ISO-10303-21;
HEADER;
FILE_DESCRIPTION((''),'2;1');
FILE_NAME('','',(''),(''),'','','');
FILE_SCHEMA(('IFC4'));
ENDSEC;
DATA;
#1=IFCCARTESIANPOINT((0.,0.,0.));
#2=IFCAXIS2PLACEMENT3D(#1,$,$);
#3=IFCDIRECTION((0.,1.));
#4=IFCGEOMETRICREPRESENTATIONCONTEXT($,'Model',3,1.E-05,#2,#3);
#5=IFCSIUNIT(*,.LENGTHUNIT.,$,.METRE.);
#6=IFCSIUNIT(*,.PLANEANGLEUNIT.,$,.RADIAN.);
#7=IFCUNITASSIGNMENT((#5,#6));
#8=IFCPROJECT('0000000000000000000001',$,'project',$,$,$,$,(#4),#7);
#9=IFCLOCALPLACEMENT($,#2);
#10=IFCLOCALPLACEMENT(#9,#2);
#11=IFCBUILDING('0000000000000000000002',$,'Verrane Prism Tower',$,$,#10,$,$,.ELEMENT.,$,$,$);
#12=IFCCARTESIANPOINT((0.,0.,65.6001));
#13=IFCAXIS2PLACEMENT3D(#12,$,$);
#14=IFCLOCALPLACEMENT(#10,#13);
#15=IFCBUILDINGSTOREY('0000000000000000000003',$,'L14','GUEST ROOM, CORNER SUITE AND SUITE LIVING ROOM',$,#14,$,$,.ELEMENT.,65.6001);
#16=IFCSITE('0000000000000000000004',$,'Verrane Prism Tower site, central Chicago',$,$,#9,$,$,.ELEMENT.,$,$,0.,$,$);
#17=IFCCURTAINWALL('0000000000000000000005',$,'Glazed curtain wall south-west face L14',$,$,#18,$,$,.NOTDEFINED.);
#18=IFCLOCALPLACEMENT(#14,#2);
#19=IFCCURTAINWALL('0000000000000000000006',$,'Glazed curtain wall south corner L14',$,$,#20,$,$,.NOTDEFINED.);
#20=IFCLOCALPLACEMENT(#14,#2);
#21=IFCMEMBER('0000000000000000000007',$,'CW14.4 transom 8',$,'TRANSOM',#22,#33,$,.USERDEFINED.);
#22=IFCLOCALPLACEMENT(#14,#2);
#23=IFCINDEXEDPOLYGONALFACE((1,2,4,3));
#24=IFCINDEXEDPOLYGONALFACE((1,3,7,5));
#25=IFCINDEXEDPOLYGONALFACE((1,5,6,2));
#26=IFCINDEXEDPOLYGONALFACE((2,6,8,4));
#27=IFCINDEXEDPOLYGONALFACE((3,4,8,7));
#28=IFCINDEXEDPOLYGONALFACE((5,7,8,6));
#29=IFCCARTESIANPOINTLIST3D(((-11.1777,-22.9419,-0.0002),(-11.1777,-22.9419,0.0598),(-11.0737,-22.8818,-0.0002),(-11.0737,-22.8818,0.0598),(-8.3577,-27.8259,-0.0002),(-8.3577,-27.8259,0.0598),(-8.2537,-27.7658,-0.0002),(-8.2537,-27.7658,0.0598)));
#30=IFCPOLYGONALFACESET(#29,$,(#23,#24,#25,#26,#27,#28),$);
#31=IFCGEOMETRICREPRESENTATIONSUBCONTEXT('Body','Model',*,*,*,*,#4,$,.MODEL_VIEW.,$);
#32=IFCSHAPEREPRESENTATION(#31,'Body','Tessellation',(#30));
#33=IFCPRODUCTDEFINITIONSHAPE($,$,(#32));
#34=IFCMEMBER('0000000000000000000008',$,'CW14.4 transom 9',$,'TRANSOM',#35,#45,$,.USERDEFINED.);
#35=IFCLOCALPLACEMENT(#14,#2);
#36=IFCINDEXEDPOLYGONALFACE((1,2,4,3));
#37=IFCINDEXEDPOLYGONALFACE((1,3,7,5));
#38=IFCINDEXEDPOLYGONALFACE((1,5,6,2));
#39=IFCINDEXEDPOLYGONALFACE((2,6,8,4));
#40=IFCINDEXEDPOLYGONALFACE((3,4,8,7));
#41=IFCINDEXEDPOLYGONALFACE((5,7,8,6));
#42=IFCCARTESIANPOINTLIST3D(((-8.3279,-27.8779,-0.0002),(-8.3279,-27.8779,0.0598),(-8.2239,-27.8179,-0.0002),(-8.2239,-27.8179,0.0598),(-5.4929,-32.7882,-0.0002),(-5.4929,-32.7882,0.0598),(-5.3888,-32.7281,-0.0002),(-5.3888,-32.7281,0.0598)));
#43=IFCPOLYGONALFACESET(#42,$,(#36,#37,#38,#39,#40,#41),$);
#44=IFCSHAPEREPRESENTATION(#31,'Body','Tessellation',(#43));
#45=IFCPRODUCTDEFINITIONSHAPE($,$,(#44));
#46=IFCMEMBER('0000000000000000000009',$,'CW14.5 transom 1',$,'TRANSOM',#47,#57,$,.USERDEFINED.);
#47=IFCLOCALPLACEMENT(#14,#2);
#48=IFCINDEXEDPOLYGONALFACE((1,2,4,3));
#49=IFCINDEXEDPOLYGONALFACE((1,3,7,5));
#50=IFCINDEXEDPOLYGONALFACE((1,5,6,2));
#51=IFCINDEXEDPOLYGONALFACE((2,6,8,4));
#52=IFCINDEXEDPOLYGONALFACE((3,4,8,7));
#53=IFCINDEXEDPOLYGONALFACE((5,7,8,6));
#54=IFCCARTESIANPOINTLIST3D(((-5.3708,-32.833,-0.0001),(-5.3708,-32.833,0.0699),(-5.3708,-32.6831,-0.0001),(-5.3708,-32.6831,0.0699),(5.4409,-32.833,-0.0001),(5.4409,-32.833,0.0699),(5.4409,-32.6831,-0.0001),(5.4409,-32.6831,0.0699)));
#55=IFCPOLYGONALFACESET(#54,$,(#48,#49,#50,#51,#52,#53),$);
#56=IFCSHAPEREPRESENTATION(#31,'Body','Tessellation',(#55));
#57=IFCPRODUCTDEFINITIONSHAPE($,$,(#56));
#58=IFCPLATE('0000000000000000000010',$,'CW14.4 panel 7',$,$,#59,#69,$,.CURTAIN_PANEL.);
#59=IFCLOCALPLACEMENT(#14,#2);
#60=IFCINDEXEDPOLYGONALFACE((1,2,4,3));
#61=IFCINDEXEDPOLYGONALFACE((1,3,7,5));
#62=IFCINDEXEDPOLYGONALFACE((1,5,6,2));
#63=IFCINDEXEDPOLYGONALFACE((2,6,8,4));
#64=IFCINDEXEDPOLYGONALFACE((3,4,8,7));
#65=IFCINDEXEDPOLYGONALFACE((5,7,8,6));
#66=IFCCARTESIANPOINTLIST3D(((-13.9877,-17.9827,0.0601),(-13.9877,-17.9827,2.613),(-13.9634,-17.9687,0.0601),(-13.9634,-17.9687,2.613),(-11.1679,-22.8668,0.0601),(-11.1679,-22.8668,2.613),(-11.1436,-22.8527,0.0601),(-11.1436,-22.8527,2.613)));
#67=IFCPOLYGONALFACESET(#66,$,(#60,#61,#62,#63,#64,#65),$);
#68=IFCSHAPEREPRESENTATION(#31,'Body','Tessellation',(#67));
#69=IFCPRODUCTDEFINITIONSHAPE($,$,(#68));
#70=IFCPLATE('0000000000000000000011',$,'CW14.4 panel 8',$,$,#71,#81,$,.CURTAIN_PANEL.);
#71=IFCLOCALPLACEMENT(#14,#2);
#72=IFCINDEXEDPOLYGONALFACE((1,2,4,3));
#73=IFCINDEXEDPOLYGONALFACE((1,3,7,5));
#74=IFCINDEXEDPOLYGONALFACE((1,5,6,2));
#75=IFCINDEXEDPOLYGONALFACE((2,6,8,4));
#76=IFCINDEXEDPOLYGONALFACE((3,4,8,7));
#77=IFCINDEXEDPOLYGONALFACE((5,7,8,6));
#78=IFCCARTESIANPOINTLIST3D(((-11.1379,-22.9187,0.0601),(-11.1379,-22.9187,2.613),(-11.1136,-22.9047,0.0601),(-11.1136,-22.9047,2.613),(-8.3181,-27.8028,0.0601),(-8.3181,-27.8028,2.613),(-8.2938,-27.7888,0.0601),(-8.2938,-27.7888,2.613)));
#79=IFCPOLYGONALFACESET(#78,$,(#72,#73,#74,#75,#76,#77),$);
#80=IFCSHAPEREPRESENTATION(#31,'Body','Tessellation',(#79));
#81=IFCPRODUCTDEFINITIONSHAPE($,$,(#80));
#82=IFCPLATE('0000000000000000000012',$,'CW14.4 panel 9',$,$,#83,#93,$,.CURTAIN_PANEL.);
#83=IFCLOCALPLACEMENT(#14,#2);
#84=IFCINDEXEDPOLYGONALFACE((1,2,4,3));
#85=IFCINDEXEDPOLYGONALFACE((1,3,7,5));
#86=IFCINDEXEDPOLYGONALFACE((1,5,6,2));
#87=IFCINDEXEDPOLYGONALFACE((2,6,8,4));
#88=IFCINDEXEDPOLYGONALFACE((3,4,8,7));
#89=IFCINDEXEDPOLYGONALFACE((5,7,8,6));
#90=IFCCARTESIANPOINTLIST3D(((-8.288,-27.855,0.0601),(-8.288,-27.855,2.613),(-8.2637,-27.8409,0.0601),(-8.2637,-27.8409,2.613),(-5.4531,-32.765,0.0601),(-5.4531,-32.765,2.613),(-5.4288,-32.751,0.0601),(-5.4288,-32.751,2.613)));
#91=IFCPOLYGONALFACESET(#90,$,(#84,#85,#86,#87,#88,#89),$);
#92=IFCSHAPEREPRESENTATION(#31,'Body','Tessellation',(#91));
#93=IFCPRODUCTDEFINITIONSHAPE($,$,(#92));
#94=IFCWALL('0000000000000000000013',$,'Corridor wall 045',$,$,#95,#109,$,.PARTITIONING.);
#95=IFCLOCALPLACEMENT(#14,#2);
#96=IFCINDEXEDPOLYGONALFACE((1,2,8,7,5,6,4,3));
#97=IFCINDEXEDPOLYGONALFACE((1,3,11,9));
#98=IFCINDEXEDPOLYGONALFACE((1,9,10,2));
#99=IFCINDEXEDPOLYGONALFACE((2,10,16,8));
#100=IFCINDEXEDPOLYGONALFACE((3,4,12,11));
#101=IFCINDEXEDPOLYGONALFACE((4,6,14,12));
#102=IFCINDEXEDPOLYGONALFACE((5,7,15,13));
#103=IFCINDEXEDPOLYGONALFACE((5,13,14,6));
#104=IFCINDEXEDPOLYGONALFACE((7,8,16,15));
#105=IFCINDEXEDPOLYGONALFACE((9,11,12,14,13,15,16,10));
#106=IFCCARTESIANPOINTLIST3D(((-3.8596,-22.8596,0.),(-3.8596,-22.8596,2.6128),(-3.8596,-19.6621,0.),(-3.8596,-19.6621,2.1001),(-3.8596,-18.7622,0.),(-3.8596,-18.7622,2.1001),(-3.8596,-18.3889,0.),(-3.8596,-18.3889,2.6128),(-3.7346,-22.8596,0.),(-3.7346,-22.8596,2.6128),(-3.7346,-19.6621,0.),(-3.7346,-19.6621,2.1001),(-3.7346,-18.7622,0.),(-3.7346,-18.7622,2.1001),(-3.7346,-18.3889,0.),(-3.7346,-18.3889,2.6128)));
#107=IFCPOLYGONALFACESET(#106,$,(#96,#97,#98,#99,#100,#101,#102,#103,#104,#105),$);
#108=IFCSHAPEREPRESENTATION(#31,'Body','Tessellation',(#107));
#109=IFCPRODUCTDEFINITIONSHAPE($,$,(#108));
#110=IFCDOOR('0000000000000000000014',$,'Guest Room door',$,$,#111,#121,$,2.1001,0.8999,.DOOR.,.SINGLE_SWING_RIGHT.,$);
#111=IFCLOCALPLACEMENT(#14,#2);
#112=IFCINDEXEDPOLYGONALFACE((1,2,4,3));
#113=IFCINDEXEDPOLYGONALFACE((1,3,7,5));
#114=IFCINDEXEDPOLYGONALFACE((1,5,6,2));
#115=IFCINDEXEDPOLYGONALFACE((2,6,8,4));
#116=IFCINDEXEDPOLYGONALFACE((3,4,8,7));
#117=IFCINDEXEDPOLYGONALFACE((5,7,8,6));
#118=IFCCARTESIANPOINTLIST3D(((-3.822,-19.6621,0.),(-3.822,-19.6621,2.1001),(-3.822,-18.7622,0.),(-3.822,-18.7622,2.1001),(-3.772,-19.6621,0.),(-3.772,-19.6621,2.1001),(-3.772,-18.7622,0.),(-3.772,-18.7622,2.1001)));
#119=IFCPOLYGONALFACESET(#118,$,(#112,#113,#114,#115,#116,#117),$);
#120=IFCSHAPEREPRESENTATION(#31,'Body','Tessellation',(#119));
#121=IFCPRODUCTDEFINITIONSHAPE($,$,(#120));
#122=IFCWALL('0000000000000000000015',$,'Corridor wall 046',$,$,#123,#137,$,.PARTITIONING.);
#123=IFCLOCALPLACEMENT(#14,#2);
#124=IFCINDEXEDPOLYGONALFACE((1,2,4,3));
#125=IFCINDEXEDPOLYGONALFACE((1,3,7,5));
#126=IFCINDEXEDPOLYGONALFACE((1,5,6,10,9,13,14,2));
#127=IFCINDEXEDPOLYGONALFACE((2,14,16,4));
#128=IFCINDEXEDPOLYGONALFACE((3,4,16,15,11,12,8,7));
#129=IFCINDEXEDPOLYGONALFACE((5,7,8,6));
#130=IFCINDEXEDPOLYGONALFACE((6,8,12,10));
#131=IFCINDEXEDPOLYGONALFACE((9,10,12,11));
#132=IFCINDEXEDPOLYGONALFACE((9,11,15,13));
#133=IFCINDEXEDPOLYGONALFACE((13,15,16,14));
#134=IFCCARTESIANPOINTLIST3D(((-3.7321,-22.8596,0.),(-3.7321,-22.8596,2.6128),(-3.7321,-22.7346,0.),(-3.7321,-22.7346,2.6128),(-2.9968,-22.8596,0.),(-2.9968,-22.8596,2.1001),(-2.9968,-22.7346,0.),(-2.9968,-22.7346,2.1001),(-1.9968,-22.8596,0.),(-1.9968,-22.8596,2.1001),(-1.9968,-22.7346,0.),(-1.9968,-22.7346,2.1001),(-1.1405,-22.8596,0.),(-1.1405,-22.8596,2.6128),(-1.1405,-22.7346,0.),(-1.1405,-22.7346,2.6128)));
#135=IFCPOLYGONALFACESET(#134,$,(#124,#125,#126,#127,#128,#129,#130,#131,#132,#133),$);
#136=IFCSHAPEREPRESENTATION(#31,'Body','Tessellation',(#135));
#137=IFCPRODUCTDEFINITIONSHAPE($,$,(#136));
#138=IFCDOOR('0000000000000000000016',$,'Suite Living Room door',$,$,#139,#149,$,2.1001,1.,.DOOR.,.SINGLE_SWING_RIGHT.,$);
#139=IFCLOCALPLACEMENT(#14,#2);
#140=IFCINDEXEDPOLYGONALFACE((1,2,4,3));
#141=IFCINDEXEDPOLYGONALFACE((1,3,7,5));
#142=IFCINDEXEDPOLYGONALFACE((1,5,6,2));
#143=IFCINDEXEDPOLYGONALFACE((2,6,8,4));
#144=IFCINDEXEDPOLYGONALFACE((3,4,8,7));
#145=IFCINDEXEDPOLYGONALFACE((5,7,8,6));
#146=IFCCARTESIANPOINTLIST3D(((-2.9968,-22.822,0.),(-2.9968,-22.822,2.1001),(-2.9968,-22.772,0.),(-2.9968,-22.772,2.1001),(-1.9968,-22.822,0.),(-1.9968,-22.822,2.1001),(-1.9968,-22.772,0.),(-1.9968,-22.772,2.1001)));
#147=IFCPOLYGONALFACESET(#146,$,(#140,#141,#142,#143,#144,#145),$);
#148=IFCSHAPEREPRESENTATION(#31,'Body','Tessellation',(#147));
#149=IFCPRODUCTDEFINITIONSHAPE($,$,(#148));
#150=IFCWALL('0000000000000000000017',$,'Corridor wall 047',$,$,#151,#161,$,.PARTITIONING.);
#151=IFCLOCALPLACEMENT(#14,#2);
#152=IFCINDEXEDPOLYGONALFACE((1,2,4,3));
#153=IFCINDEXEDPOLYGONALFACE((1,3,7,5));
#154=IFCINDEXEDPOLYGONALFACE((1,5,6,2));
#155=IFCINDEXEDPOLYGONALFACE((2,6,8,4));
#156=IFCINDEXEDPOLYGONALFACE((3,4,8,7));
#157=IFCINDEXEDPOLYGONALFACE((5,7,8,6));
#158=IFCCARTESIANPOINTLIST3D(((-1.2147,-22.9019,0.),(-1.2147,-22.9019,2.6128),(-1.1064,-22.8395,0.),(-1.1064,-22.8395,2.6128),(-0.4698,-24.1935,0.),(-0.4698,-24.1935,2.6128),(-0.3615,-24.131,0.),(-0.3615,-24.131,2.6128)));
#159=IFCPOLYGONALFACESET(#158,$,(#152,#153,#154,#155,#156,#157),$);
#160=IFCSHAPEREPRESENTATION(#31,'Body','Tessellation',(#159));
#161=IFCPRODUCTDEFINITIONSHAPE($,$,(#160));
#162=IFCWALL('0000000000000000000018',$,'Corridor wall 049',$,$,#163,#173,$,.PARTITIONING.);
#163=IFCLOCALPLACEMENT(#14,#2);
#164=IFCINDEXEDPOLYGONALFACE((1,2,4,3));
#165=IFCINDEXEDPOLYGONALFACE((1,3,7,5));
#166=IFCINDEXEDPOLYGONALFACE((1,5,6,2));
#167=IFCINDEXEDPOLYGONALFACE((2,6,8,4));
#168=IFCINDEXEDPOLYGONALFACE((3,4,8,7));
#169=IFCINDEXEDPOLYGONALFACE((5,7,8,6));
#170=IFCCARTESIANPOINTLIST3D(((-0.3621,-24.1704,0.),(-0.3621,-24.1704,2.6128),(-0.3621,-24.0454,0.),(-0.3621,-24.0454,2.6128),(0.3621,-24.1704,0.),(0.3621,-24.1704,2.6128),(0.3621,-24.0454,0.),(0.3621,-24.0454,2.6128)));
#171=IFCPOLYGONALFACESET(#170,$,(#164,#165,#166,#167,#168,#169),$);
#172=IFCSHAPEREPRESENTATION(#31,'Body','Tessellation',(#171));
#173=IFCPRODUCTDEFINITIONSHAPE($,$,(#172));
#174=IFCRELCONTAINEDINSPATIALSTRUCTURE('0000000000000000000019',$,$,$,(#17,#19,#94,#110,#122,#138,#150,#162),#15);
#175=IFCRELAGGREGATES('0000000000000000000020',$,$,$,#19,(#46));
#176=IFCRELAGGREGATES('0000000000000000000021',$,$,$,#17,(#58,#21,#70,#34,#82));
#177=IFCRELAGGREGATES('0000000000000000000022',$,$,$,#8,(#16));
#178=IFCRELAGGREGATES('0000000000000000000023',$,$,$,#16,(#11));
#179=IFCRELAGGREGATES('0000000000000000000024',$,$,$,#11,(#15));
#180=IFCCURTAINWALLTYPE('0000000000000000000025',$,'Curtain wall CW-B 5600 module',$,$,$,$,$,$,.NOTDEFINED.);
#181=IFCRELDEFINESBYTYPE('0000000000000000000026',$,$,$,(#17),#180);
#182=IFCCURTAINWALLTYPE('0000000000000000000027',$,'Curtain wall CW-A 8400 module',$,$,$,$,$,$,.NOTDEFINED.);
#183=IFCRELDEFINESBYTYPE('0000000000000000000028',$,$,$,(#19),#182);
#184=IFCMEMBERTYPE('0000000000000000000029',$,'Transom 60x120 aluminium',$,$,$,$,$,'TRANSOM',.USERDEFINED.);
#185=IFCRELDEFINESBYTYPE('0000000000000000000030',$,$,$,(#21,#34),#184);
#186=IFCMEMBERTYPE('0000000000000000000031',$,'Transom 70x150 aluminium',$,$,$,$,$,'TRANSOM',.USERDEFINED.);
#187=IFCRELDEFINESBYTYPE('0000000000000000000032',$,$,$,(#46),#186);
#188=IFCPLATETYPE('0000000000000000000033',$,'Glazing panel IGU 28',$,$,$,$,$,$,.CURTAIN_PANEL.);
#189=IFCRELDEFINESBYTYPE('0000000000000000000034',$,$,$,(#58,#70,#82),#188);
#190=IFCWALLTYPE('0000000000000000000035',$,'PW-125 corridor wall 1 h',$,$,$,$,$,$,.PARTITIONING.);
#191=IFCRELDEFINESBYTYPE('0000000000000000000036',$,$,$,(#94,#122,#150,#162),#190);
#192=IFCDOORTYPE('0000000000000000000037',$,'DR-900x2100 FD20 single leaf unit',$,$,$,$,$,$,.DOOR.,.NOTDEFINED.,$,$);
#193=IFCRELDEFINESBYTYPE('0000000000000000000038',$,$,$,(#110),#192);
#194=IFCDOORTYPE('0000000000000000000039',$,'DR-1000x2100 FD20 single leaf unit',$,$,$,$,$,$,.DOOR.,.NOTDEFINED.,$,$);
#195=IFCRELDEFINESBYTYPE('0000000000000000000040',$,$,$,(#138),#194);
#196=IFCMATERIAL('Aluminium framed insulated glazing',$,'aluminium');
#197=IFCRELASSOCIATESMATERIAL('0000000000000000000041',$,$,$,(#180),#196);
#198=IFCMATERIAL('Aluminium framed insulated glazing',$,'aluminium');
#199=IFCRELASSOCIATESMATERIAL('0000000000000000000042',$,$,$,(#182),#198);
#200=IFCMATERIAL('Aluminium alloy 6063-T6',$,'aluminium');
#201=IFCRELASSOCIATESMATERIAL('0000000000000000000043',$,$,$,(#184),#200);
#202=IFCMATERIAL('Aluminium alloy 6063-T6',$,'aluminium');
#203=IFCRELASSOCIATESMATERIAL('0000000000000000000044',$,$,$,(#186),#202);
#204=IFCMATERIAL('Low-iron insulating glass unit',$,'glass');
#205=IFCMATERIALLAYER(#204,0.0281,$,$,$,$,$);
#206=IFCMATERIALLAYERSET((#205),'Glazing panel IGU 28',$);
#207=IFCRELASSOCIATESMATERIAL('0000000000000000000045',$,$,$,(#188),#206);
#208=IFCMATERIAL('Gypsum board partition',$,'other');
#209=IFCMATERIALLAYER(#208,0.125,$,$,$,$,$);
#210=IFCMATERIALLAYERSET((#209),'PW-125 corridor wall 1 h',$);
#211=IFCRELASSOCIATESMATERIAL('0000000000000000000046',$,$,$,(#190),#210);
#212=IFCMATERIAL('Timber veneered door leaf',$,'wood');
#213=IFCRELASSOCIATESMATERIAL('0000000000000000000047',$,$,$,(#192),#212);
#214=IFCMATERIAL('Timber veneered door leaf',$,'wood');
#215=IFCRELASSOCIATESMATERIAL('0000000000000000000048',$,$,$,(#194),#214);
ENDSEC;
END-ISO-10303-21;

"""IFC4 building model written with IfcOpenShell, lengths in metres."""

from ifc_helpers import new_model, si_unit, direction, frame, frame_2d, origin, origin_2d, place, context, subcontext, project, spatial, rectangle, extrude, material, layer, layer_set, material_profile, profile_set, type_object, element, fill, aggregate, save


model = new_model("IFC4")

# Units and contexts
model_context = context("Model", 3, precision=1e-05, world=origin(), true_north=direction((0.0, 1.0)))
body_context = subcontext(model_context, "Body", "Model", "MODEL_VIEW")
ifc_project = project(units=[si_unit("LENGTHUNIT", "METRE"), si_unit("PLANEANGLEUNIT", "RADIAN")], contexts=[model_context])

# Site, building, storey
site_placement = place(None, origin())
site = spatial("IfcSite", under=ifc_project, at=site_placement, Name="Verrane Prism Tower site, central Chicago", CompositionType="ELEMENT", RefElevation=0.0)
building_placement = place(site_placement, origin())
building = spatial("IfcBuilding", under=site, at=building_placement, Name="Verrane Prism Tower", CompositionType="ELEMENT")
storey_placement = place(building_placement, frame((0.0, 0.0, 65.6001)))
storey = spatial("IfcBuildingStorey", under=building, at=storey_placement, Name="L14", Description="GUEST ROOM, CORNER SUITE AND SUITE LIVING ROOM", CompositionType="ELEMENT", Elevation=65.6001)

# Curtain wall
ifc_material_1 = material(Name="Aluminium framed insulated glazing", Category="aluminium")
curtain_wall_type_1 = type_object("IfcCurtainWallType", Name="Curtain wall CW-B 5600 module", PredefinedType="NOTDEFINED", material=ifc_material_1)
curtain_wall_1_placement = place(storey_placement, origin())
curtain_wall_1 = element("IfcCurtainWall", 1, at=curtain_wall_1_placement, inside=storey, type_object=curtain_wall_type_1, Name="Glazed curtain wall south-west face L14", PredefinedType="NOTDEFINED")

# Curtain wall
ifc_material_2 = material(Name="Aluminium framed insulated glazing", Category="aluminium")
curtain_wall_type_2 = type_object("IfcCurtainWallType", Name="Curtain wall CW-A 8400 module", PredefinedType="NOTDEFINED", material=ifc_material_2)
curtain_wall_2_placement = place(storey_placement, origin())
curtain_wall_2 = element("IfcCurtainWall", 2, at=curtain_wall_2_placement, inside=storey, type_object=curtain_wall_type_2, Name="Glazed curtain wall south corner L14", PredefinedType="NOTDEFINED")

# Members
ifc_material_3 = material(Name="Aluminium alloy 6063-T6", Category="aluminium")
ifc_material_profile_1 = material_profile(ifc_material_3, rectangle(XDim=0.1201, YDim=0.0601, at=origin_2d()), Name="Transom 60x120 aluminium")
ifc_profile_set_1 = profile_set([ifc_material_profile_1], Name="Aluminium alloy 6063-T6")
member_type_1 = type_object("IfcMemberType", Name="Transom 60x120 aluminium", ElementType="TRANSOM", PredefinedType="USERDEFINED", material=ifc_profile_set_1)
member_1_placement = place(storey_placement, frame((-11.1257, -22.9119, 0.0298), z_axis=(0.500036, -0.866005, 0.0), x_axis=(0.866005, 0.500036, 0.0)))
member_1 = element("IfcMember", 3, at=member_1_placement, type_object=member_type_1, Name="CW14.4 transom 8", ObjectType="TRANSOM", PredefinedType="USERDEFINED", context=body_context, shape_type="SweptSolid", body=[
    extrude(rectangle(XDim=0.1201, YDim=0.0601, at=origin_2d()), origin(), (0.0, 0.0, 1.0), 5.6396),
])
member_2_placement = place(storey_placement, frame((-8.2759, -27.8479, 0.0298), z_axis=(0.500011, -0.866019, 0.0), x_axis=(0.866019, 0.500011, 0.0)))
member_2 = element("IfcMember", 4, at=member_2_placement, type_object=member_type_1, Name="CW14.4 transom 9", ObjectType="TRANSOM", PredefinedType="USERDEFINED", context=body_context, shape_type="SweptSolid", body=[
    extrude(rectangle(XDim=0.1201, YDim=0.0601, at=origin_2d()), origin(), (0.0, 0.0, 1.0), 5.6699),
])
ifc_material_4 = material(Name="Aluminium alloy 6063-T6", Category="aluminium")
ifc_material_profile_2 = material_profile(ifc_material_4, rectangle(XDim=0.1499, YDim=0.0701, at=origin_2d()), Name="Transom 70x150 aluminium")
ifc_profile_set_2 = profile_set([ifc_material_profile_2], Name="Aluminium alloy 6063-T6")
member_type_2 = type_object("IfcMemberType", Name="Transom 70x150 aluminium", ElementType="TRANSOM", PredefinedType="USERDEFINED", material=ifc_profile_set_2)
member_3_placement = place(storey_placement, frame((-5.3708, -32.7581, 0.0349), z_axis=(1.0, 0.0, 0.0), x_axis=(0.0, 1.0, 0.0)))
member_3 = element("IfcMember", 5, at=member_3_placement, type_object=member_type_2, Name="CW14.5 transom 1", ObjectType="TRANSOM", PredefinedType="USERDEFINED", context=body_context, shape_type="SweptSolid", body=[
    extrude(rectangle(XDim=0.1499, YDim=0.0701, at=origin_2d()), origin(), (0.0, 0.0, 1.0), 10.8118),
])
aggregate(curtain_wall_2, [member_3])

# Plates
ifc_material_5 = material(Name="Low-iron insulating glass unit", Category="glass")
ifc_layer_1 = layer(ifc_material_5, 0.0281)
ifc_layer_set_1 = layer_set([ifc_layer_1], Name="Glazing panel IGU 28")
plate_type = type_object("IfcPlateType", Name="Glazing panel IGU 28", PredefinedType="CURTAIN_PANEL", material=ifc_layer_set_1)
plate_1_placement = place(storey_placement, frame((-12.5657, -20.4177, 0.0601), z_axis=(0.0, 0.0, 1.0), x_axis=(0.5, -0.866025, 0.0)))
plate_1 = element("IfcPlate", 6, at=plate_1_placement, type_object=plate_type, Name="CW14.4 panel 7", PredefinedType="CURTAIN_PANEL", context=body_context, shape_type="SweptSolid", body=[
    extrude(rectangle(XDim=5.6396, YDim=0.0281, at=origin_2d()), origin(), (0.0, 0.0, 1.0), 2.553),
])
plate_2_placement = place(storey_placement, frame((-9.7158, -25.3538, 0.0601), z_axis=(0.0, 0.0, 1.0), x_axis=(0.5, -0.866025, 0.0)))
plate_2 = element("IfcPlate", 7, at=plate_2_placement, type_object=plate_type, Name="CW14.4 panel 8", PredefinedType="CURTAIN_PANEL", context=body_context, shape_type="SweptSolid", body=[
    extrude(rectangle(XDim=5.6396, YDim=0.0281, at=origin_2d()), origin(), (0.0, 0.0, 1.0), 2.553),
])
plate_3_placement = place(storey_placement, frame((-6.8584, -30.303, 0.0601), z_axis=(0.0, 0.0, 1.0), x_axis=(0.5, -0.866025, 0.0)))
plate_3 = element("IfcPlate", 8, at=plate_3_placement, type_object=plate_type, Name="CW14.4 panel 9", PredefinedType="CURTAIN_PANEL", context=body_context, shape_type="SweptSolid", body=[
    extrude(rectangle(XDim=5.6697, YDim=0.0281, at=origin_2d()), origin(), (0.0, 0.0, 1.0), 2.553),
])
aggregate(curtain_wall_1, [plate_1, member_1, plate_2, member_2, plate_3])

# Walls, openings, doors
ifc_material_6 = material(Name="Gypsum board partition", Category="other")
ifc_layer_2 = layer(ifc_material_6, 0.125)
ifc_layer_set_2 = layer_set([ifc_layer_2], Name="PW-125 corridor wall 1 h")
wall_type_1 = type_object("IfcWallType", Name="PW-125 corridor wall 1 h", PredefinedType="PARTITIONING", material=ifc_layer_set_2)
wall_1_placement = place(storey_placement, frame((-3.7971, -22.8596, 0.0), z_axis=(0.0, 0.0, 1.0), x_axis=(0.0, 1.0, 0.0)))
wall_1 = element("IfcWall", 9, at=wall_1_placement, inside=storey, type_object=wall_type_1, Name="Corridor wall 045", PredefinedType="PARTITIONING", context=body_context, shape_type="SweptSolid", body=[
    extrude(rectangle(XDim=4.4707, YDim=0.125, at=frame_2d((2.2354, 0.0))), origin(), (0.0, 0.0, 1.0), 2.6128),
])
opening_1_placement = place(wall_1_placement, frame((3.1975, 0.0, 0.0)))
opening_1 = element("IfcOpeningElement", 10, at=opening_1_placement, cuts=wall_1, PredefinedType="OPENING", context=body_context, shape_type="SweptSolid", body=[
    extrude(rectangle(XDim=0.8999, YDim=2.1001, at=frame_2d((0.45, 1.05))), frame((0.0, 0.0725, 0.0), z_axis=(0.0, -1.0, 0.0), x_axis=(1.0, 0.0, 0.0)), (0.0, 0.0, 1.0), 0.145),
])
ifc_material_7 = material(Name="Timber veneered door leaf", Category="wood")
door_type_1 = type_object("IfcDoorType", Name="DR-900x2100 FD20 single leaf unit", OperationType="NOTDEFINED", PredefinedType="DOOR", material=ifc_material_7)
door_1_placement = place(opening_1_placement, origin())
door_1 = element("IfcDoor", 11, at=door_1_placement, inside=storey, type_object=door_type_1, Name="Guest Room door", OperationType="SINGLE_SWING_RIGHT", OverallHeight=2.1001, OverallWidth=0.8999, PredefinedType="DOOR", context=body_context, shape_type="SweptSolid", body=[
    extrude(rectangle(XDim=0.8999, YDim=2.1001, at=frame_2d((0.45, 1.05))), frame((0.0, 0.0249, 0.0), z_axis=(0.0, -1.0, 0.0), x_axis=(1.0, 0.0, 0.0)), (0.0, 0.0, 1.0), 0.05),
])
fill(opening_1, door_1)
wall_2_placement = place(storey_placement, frame((-1.1404, -22.7971, 0.0), z_axis=(0.0, 0.0, 1.0), x_axis=(-1.0, 0.0, 0.0)))
wall_2 = element("IfcWall", 12, at=wall_2_placement, inside=storey, type_object=wall_type_1, Name="Corridor wall 046", PredefinedType="PARTITIONING", context=body_context, shape_type="SweptSolid", body=[
    extrude(rectangle(XDim=2.5916, YDim=0.125, at=frame_2d((1.2959, 0.0))), origin(), (0.0, 0.0, 1.0), 2.6128),
])
opening_2_placement = place(wall_2_placement, frame((0.8564, 0.0, 0.0)))
opening_2 = element("IfcOpeningElement", 13, at=opening_2_placement, cuts=wall_2, PredefinedType="OPENING", context=body_context, shape_type="SweptSolid", body=[
    extrude(rectangle(XDim=1.0, YDim=2.1001, at=frame_2d((0.5, 1.05))), frame((0.0, 0.0725, 0.0), z_axis=(0.0, -1.0, 0.0), x_axis=(1.0, 0.0, 0.0)), (0.0, 0.0, 1.0), 0.145),
])
ifc_material_8 = material(Name="Timber veneered door leaf", Category="wood")
door_type_2 = type_object("IfcDoorType", Name="DR-1000x2100 FD20 single leaf unit", OperationType="NOTDEFINED", PredefinedType="DOOR", material=ifc_material_8)
door_2_placement = place(opening_2_placement, origin())
door_2 = element("IfcDoor", 14, at=door_2_placement, inside=storey, type_object=door_type_2, Name="Suite Living Room door", OperationType="SINGLE_SWING_RIGHT", OverallHeight=2.1001, OverallWidth=1.0, PredefinedType="DOOR", context=body_context, shape_type="SweptSolid", body=[
    extrude(rectangle(XDim=1.0, YDim=2.1001, at=frame_2d((0.5, 1.05))), frame((0.0, 0.0249, 0.0), z_axis=(0.0, -1.0, 0.0), x_axis=(1.0, 0.0, 0.0)), (0.0, 0.0, 1.0), 0.05),
])
fill(opening_2, door_2)

# Walls
wall_3_placement = place(storey_placement, frame((-1.1606, -22.8706, 0.0), z_axis=(0.0, 0.0, 1.0), x_axis=(0.499609, -0.866251, 0.0)))
element("IfcWall", 15, at=wall_3_placement, inside=storey, type_object=wall_type_1, Name="Corridor wall 047", PredefinedType="PARTITIONING", context=body_context, shape_type="SweptSolid", body=[
    extrude(rectangle(XDim=1.491, YDim=0.125, at=frame_2d((0.7456, 0.0))), origin(), (0.0, 0.0, 1.0), 2.6128),
])
wall_4_placement = place(storey_placement, frame((-0.3621, -24.1079, 0.0), z_axis=(0.0, 0.0, 1.0), x_axis=(1.0, 0.0, 0.0)))
element("IfcWall", 16, at=wall_4_placement, inside=storey, type_object=wall_type_1, Name="Corridor wall 049", PredefinedType="PARTITIONING", context=body_context, shape_type="SweptSolid", body=[
    extrude(rectangle(XDim=0.7241, YDim=0.125, at=frame_2d((0.3621, 0.0))), origin(), (0.0, 0.0, 1.0), 2.6128),
])

save(model, "model.ifc")
